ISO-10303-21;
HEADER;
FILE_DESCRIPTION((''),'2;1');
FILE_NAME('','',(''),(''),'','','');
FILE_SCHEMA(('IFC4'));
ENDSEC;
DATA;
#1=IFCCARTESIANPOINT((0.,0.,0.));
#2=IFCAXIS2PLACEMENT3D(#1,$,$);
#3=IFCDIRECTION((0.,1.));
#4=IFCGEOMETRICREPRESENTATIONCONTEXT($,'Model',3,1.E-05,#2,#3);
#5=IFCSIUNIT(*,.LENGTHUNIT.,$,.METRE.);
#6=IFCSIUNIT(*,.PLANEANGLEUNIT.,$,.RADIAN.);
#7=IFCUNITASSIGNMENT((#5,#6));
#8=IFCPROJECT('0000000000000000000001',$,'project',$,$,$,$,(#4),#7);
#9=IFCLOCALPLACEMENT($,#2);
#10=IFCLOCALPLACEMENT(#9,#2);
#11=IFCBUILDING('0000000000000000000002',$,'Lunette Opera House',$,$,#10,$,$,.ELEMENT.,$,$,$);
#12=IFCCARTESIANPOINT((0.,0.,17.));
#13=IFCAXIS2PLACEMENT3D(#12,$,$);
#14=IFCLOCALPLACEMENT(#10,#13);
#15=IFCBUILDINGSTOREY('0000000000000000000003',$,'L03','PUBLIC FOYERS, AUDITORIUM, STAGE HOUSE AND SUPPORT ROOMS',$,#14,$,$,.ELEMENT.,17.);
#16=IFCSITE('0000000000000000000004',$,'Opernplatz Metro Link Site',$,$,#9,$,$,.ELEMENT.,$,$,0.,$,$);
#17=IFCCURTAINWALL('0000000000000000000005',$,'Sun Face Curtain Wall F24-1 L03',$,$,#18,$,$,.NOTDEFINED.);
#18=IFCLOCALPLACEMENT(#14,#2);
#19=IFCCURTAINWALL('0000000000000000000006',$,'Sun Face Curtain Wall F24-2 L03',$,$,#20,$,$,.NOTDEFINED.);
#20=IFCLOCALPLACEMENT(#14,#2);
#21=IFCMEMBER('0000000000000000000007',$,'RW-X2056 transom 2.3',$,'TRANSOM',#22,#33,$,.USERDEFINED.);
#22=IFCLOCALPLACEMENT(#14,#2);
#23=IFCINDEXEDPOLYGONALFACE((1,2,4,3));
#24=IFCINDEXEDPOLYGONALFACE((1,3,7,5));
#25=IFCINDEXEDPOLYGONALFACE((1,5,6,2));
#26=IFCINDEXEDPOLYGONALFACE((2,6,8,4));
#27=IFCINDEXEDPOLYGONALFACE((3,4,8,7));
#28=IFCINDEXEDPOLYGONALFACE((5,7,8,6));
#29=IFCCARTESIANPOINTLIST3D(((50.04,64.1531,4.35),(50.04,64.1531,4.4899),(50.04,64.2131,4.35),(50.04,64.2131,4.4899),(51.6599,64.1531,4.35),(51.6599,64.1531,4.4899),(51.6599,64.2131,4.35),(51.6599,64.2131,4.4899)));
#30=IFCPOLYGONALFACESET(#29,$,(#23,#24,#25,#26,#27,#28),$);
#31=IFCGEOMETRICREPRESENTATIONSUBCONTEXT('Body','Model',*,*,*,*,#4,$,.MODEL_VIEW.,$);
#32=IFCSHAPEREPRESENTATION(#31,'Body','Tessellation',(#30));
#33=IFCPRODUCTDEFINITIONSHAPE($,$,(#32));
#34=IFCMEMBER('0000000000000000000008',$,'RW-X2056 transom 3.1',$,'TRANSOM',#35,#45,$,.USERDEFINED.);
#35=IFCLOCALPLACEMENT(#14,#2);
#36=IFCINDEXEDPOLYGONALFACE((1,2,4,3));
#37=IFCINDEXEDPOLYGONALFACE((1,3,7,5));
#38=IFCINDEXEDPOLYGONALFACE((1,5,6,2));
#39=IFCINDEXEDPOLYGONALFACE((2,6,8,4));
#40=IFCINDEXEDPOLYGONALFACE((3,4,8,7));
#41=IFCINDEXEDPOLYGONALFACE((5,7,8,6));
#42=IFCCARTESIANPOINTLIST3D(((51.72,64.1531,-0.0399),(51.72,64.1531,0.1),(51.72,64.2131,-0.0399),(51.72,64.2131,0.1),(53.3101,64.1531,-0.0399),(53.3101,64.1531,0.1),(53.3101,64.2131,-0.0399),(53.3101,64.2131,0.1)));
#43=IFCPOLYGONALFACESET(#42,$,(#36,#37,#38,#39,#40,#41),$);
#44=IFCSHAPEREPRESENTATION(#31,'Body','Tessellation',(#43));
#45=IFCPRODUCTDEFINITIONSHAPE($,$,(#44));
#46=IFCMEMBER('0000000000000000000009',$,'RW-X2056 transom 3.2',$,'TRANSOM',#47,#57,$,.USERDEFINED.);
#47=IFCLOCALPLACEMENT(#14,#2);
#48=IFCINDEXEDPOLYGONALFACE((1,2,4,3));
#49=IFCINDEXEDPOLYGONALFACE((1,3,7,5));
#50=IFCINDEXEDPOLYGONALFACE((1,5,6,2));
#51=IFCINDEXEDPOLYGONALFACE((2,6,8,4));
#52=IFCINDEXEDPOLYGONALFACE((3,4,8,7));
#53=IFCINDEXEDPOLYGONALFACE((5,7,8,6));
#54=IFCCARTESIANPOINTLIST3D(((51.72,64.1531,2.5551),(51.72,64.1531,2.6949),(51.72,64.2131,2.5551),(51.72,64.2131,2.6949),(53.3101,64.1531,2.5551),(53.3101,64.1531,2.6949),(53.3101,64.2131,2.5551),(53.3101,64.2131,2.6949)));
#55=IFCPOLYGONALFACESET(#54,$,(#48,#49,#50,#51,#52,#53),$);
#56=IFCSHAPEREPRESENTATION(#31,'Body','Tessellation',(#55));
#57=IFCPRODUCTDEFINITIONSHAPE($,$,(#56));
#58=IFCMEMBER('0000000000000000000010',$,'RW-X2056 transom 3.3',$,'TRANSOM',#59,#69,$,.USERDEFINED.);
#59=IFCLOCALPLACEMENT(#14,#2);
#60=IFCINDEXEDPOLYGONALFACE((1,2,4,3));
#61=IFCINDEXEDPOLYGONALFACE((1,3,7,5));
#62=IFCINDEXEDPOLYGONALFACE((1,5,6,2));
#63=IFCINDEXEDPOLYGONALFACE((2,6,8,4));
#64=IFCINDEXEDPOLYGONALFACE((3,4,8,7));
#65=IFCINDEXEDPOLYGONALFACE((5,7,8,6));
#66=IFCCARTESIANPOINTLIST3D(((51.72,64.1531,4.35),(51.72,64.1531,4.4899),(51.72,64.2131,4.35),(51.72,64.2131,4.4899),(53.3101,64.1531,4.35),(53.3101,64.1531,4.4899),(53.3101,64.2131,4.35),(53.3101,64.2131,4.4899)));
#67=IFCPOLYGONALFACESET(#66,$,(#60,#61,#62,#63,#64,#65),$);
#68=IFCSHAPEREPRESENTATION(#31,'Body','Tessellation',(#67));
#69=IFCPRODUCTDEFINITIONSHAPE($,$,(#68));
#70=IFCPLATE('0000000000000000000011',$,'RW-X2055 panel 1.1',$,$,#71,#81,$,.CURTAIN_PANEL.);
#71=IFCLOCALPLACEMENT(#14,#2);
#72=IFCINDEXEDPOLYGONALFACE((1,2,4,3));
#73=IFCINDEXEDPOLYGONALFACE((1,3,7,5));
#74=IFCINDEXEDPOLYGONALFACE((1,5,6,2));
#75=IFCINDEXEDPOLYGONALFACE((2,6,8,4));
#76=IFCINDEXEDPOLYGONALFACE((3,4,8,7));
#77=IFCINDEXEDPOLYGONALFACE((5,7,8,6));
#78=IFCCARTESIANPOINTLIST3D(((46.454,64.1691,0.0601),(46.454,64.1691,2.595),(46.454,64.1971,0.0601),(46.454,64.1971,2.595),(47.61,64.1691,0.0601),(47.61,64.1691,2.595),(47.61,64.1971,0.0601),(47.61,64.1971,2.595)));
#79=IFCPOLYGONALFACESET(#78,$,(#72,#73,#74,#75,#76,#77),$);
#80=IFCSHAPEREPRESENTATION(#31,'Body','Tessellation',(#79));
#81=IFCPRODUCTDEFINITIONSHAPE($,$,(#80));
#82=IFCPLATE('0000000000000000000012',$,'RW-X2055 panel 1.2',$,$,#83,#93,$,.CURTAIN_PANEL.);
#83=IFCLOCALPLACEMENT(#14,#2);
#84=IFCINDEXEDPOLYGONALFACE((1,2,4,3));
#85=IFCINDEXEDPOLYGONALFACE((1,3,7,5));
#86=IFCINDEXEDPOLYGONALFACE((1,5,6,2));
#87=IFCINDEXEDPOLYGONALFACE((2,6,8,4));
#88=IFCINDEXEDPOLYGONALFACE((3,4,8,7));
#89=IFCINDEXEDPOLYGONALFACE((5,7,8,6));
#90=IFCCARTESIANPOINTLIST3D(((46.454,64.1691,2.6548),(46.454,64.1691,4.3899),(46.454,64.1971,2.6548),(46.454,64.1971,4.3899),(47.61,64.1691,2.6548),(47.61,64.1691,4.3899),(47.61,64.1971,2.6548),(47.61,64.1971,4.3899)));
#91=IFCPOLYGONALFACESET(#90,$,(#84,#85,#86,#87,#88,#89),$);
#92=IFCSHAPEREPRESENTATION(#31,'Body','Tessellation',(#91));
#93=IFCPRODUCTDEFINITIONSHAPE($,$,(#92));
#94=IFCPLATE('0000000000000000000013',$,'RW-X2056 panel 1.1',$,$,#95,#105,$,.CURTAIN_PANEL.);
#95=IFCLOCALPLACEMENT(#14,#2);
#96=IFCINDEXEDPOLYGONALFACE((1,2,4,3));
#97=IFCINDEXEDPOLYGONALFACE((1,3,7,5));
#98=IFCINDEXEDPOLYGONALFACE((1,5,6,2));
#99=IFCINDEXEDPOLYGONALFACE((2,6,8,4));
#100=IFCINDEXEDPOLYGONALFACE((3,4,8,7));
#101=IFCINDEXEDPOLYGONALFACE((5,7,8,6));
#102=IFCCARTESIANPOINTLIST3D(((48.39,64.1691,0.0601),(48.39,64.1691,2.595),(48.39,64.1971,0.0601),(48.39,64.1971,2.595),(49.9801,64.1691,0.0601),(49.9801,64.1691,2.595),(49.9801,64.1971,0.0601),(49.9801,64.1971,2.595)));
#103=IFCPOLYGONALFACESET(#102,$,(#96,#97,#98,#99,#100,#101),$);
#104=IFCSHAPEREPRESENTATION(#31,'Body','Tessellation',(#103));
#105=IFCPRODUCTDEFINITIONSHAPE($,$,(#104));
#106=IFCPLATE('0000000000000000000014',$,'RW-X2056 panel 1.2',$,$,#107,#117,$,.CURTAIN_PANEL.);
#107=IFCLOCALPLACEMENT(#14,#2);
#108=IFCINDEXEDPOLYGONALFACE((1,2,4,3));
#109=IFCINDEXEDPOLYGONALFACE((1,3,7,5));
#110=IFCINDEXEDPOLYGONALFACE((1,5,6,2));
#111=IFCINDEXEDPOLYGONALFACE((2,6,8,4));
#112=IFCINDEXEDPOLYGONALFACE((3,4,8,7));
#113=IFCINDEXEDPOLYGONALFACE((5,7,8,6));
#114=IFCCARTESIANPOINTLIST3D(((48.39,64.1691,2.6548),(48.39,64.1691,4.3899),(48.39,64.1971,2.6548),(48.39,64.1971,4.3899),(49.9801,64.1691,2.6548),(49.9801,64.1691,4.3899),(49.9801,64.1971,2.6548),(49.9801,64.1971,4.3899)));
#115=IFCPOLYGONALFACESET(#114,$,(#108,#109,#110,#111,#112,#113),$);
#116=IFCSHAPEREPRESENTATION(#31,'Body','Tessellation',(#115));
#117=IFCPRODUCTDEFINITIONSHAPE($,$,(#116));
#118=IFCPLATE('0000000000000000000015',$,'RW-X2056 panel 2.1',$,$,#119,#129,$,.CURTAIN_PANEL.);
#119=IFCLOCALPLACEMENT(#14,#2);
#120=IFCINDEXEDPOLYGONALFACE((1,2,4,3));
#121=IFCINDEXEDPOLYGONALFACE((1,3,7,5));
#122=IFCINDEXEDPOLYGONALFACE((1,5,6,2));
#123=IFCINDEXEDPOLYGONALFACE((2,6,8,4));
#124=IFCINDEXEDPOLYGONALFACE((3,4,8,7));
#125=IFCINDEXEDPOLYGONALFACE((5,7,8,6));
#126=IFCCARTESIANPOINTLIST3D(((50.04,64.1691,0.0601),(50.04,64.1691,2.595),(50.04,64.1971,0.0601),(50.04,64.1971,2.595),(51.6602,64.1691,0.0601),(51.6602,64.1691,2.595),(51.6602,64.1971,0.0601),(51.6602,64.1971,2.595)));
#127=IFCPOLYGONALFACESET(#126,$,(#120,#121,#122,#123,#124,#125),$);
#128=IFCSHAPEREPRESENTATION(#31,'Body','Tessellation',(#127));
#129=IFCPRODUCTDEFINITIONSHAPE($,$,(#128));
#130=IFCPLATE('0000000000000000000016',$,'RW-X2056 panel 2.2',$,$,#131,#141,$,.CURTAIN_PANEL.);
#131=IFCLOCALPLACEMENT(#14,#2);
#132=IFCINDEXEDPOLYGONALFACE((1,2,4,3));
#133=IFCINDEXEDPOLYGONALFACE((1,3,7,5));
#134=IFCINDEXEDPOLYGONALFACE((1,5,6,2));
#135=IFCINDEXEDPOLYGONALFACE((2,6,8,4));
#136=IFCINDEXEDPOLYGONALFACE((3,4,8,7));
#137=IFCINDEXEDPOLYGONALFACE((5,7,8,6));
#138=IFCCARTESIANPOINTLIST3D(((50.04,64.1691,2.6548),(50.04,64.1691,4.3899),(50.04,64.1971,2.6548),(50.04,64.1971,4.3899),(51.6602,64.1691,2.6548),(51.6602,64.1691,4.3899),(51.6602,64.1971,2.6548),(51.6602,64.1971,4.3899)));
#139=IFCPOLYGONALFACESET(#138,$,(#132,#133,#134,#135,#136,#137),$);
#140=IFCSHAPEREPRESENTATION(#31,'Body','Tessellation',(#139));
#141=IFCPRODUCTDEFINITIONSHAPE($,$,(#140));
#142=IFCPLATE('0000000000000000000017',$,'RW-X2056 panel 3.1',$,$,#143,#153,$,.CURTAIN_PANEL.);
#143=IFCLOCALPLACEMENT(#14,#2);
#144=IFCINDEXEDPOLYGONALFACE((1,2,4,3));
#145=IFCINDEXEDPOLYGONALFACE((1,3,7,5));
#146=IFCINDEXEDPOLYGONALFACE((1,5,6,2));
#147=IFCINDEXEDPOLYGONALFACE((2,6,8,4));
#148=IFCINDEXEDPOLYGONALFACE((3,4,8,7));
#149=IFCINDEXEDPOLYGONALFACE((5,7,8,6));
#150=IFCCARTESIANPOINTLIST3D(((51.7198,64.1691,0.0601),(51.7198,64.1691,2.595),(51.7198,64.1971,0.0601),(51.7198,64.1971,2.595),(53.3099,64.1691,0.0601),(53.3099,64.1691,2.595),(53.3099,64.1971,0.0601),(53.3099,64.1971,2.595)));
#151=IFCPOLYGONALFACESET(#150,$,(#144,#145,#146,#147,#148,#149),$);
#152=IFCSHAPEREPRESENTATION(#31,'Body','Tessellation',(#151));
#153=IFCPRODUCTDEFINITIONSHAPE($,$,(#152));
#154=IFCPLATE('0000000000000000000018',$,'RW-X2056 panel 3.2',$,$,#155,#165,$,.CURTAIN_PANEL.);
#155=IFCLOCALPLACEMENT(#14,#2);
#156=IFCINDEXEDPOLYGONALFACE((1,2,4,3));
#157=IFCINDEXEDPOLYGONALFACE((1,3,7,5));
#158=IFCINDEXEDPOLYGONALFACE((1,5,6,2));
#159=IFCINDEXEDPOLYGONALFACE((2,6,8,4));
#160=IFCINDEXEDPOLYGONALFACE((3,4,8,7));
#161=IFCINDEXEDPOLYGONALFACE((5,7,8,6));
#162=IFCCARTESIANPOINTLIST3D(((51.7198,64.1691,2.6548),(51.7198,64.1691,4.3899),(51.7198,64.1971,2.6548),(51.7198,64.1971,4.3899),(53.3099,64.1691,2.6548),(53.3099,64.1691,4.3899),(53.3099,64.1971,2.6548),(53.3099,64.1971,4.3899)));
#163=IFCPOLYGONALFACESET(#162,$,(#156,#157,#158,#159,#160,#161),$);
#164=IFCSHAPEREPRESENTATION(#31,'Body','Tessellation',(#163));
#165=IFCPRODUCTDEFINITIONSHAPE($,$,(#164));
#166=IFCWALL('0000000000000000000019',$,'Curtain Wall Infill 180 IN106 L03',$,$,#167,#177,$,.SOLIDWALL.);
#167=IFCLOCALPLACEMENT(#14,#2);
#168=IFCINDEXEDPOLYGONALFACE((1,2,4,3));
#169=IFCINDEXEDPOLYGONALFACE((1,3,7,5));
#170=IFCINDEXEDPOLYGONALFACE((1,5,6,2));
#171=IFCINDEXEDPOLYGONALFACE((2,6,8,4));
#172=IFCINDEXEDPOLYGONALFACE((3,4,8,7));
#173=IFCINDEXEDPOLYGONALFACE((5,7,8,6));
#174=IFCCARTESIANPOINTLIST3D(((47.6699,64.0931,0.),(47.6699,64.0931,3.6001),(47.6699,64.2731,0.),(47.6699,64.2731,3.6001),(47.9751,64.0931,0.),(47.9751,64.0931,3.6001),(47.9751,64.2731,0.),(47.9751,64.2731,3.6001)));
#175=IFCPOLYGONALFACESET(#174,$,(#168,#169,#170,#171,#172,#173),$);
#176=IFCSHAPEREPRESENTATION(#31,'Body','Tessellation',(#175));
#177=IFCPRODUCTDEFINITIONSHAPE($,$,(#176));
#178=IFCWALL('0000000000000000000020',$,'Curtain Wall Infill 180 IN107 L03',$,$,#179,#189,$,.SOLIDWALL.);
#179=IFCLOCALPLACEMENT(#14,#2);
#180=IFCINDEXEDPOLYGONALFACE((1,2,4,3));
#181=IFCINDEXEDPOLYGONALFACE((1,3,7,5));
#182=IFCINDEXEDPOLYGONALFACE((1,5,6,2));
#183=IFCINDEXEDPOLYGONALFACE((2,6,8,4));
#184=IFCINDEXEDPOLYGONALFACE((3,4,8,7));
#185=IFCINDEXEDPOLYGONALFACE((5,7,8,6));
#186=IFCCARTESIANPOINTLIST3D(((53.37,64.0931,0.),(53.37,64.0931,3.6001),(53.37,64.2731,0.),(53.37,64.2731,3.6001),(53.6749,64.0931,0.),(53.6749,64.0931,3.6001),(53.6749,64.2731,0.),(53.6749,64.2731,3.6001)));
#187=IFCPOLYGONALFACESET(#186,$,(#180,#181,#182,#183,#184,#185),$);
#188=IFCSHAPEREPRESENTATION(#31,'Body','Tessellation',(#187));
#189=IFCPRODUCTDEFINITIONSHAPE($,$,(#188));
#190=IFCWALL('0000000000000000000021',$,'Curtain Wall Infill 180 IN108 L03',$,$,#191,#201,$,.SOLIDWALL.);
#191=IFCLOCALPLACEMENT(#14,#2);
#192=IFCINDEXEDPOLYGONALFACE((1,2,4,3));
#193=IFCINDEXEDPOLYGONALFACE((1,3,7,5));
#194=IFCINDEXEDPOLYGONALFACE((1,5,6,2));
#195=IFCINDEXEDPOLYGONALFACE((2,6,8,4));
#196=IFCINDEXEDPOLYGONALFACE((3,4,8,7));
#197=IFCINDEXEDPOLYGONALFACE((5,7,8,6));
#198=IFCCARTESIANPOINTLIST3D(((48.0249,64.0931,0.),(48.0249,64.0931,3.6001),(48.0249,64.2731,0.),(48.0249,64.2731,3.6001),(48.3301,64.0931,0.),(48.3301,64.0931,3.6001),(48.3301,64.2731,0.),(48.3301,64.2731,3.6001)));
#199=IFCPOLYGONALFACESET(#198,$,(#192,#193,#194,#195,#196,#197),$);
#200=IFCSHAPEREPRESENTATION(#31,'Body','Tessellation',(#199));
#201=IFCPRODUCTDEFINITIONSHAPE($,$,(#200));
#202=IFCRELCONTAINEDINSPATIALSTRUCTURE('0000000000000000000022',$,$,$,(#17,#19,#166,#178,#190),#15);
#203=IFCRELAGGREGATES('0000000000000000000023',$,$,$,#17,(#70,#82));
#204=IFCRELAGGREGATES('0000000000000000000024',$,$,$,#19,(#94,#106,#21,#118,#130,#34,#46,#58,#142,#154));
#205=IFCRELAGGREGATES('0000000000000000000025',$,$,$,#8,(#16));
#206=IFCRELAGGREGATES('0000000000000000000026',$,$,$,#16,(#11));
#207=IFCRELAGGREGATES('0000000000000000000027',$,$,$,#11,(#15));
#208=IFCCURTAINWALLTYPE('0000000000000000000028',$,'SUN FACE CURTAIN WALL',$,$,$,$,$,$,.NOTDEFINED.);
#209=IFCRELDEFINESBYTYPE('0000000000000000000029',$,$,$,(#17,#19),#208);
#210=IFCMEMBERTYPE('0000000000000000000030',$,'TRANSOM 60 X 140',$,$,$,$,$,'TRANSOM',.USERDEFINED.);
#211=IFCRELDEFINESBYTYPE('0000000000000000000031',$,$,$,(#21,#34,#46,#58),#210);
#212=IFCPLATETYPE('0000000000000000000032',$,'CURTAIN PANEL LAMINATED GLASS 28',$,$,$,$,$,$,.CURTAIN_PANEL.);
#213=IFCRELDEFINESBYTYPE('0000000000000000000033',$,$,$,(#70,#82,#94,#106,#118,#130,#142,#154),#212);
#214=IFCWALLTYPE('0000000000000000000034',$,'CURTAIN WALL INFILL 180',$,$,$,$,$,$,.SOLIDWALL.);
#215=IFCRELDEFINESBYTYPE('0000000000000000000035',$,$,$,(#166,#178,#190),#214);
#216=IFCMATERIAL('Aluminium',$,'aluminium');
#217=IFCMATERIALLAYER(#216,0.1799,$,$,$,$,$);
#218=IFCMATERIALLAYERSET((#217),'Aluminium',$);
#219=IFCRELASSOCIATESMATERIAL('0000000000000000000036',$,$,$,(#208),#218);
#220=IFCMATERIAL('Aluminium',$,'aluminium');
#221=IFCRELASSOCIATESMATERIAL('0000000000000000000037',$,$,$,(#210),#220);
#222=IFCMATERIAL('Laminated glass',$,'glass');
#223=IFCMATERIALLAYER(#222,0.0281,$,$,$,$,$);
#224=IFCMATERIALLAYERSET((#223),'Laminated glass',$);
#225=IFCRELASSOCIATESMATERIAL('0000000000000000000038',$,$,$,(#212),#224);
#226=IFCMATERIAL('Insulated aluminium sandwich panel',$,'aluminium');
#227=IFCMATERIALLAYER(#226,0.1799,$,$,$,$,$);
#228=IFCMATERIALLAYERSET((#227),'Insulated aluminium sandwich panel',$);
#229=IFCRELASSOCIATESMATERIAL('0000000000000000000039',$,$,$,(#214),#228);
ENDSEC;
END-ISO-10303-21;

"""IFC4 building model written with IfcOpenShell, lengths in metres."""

from ifc_helpers import new_model, si_unit, direction, frame, frame_2d, origin, origin_2d, place, context, subcontext, project, spatial, rectangle, extrude, material, layer, layer_set, material_profile, profile_set, type_object, element, aggregate, save


model = new_model("IFC4")

# Units and contexts
model_context = context("Model", 3, precision=1e-05, world=origin(), true_north=direction((0.0, 1.0)))
body_context = subcontext(model_context, "Body", "Model", "MODEL_VIEW")
ifc_project = project(units=[si_unit("LENGTHUNIT", "METRE"), si_unit("PLANEANGLEUNIT", "RADIAN")], contexts=[model_context])

# Site, building, storey
site_placement = place(None, origin())
site = spatial("IfcSite", under=ifc_project, at=site_placement, Name="Opernplatz Metro Link Site", CompositionType="ELEMENT", RefElevation=0.0)
building_placement = place(site_placement, origin())
building = spatial("IfcBuilding", under=site, at=building_placement, Name="Lunette Opera House", CompositionType="ELEMENT")
storey_placement = place(building_placement, frame((0.0, 0.0, 17.0)))
storey = spatial("IfcBuildingStorey", under=building, at=storey_placement, Name="L03", Description="PUBLIC FOYERS, AUDITORIUM, STAGE HOUSE AND SUPPORT ROOMS", CompositionType="ELEMENT", Elevation=17.0)

# Curtain wall
ifc_material_1 = material(Name="Aluminium", Category="aluminium")
ifc_layer_1 = layer(ifc_material_1, 0.1799)
ifc_layer_set_1 = layer_set([ifc_layer_1], Name="Aluminium")
curtain_wall_type = type_object("IfcCurtainWallType", Name="SUN FACE CURTAIN WALL", PredefinedType="NOTDEFINED", material=ifc_layer_set_1)
curtain_wall_1_placement = place(storey_placement, origin())
curtain_wall_1 = element("IfcCurtainWall", 1, at=curtain_wall_1_placement, inside=storey, type_object=curtain_wall_type, Name="Sun Face Curtain Wall F24-1 L03", PredefinedType="NOTDEFINED")

# Curtain wall
curtain_wall_2_placement = place(storey_placement, origin())
curtain_wall_2 = element("IfcCurtainWall", 2, at=curtain_wall_2_placement, inside=storey, type_object=curtain_wall_type, Name="Sun Face Curtain Wall F24-2 L03", PredefinedType="NOTDEFINED")

# Members
ifc_material_2 = material(Name="Aluminium", Category="aluminium")
ifc_material_profile_1 = material_profile(ifc_material_2, rectangle(XDim=0.0601, YDim=0.1399, at=origin_2d()), Name="TRANSOM 60 X 140")
ifc_profile_set_1 = profile_set([ifc_material_profile_1], Name="Aluminium")
member_type_1 = type_object("IfcMemberType", Name="TRANSOM 60 X 140", ElementType="TRANSOM", PredefinedType="USERDEFINED", material=ifc_profile_set_1)
member_1_placement = place(storey_placement, frame((50.04, 64.1831, 4.4199), z_axis=(1.0, 0.0, 0.0), x_axis=(0.0, 1.0, 0.0)))
member_1 = element("IfcMember", 3, at=member_1_placement, type_object=member_type_1, Name="RW-X2056 transom 2.3", ObjectType="TRANSOM", PredefinedType="USERDEFINED", context=body_context, shape_type="SweptSolid", body=[
    extrude(rectangle(XDim=0.0601, YDim=0.1399, at=origin_2d()), origin(), (0.0, 0.0, 1.0), 1.6199),
])
member_2_placement = place(storey_placement, frame((51.72, 64.1831, 0.03), z_axis=(1.0, 0.0, 0.0), x_axis=(0.0, 1.0, 0.0)))
member_2 = element("IfcMember", 4, at=member_2_placement, type_object=member_type_1, Name="RW-X2056 transom 3.1", ObjectType="TRANSOM", PredefinedType="USERDEFINED", context=body_context, shape_type="SweptSolid", body=[
    extrude(rectangle(XDim=0.0601, YDim=0.1399, at=origin_2d()), origin(), (0.0, 0.0, 1.0), 1.5901),
])
member_3_placement = place(storey_placement, frame((51.72, 64.1831, 2.625), z_axis=(1.0, 0.0, 0.0), x_axis=(0.0, 1.0, 0.0)))
member_3 = element("IfcMember", 5, at=member_3_placement, type_object=member_type_1, Name="RW-X2056 transom 3.2", ObjectType="TRANSOM", PredefinedType="USERDEFINED", context=body_context, shape_type="SweptSolid", body=[
    extrude(rectangle(XDim=0.0601, YDim=0.1399, at=origin_2d()), origin(), (0.0, 0.0, 1.0), 1.5901),
])
member_4_placement = place(storey_placement, frame((51.72, 64.1831, 4.4199), z_axis=(1.0, 0.0, 0.0), x_axis=(0.0, 1.0, 0.0)))
member_4 = element("IfcMember", 6, at=member_4_placement, type_object=member_type_1, Name="RW-X2056 transom 3.3", ObjectType="TRANSOM", PredefinedType="USERDEFINED", context=body_context, shape_type="SweptSolid", body=[
    extrude(rectangle(XDim=0.0601, YDim=0.1399, at=origin_2d()), origin(), (0.0, 0.0, 1.0), 1.5901),
])

# Plates
ifc_material_3 = material(Name="Laminated glass", Category="glass")
ifc_layer_2 = layer(ifc_material_3, 0.0281)
ifc_layer_set_2 = layer_set([ifc_layer_2], Name="Laminated glass")
plate_type = type_object("IfcPlateType", Name="CURTAIN PANEL LAMINATED GLASS 28", PredefinedType="CURTAIN_PANEL", material=ifc_layer_set_2)
plate_1_placement = place(storey_placement, frame((47.032, 64.1831, 0.0601), z_axis=(0.0, 0.0, 1.0), x_axis=(1.0, 0.0, 0.0)))
plate_1 = element("IfcPlate", 7, at=plate_1_placement, type_object=plate_type, Name="RW-X2055 panel 1.1", PredefinedType="CURTAIN_PANEL", context=body_context, shape_type="SweptSolid", body=[
    extrude(rectangle(XDim=1.156, YDim=0.0281, at=origin_2d()), origin(), (0.0, 0.0, 1.0), 2.5349),
])
plate_2_placement = place(storey_placement, frame((47.032, 64.1831, 2.6548), z_axis=(0.0, 0.0, 1.0), x_axis=(1.0, 0.0, 0.0)))
plate_2 = element("IfcPlate", 8, at=plate_2_placement, type_object=plate_type, Name="RW-X2055 panel 1.2", PredefinedType="CURTAIN_PANEL", context=body_context, shape_type="SweptSolid", body=[
    extrude(rectangle(XDim=1.156, YDim=0.0281, at=origin_2d()), origin(), (0.0, 0.0, 1.0), 1.7351),
])
aggregate(curtain_wall_1, [plate_1, plate_2])
plate_3_placement = place(storey_placement, frame((49.1851, 64.1831, 0.0601), z_axis=(0.0, 0.0, 1.0), x_axis=(1.0, 0.0, 0.0)))
plate_3 = element("IfcPlate", 9, at=plate_3_placement, type_object=plate_type, Name="RW-X2056 panel 1.1", PredefinedType="CURTAIN_PANEL", context=body_context, shape_type="SweptSolid", body=[
    extrude(rectangle(XDim=1.5901, YDim=0.0281, at=origin_2d()), origin(), (0.0, 0.0, 1.0), 2.5349),
])
plate_4_placement = place(storey_placement, frame((49.1851, 64.1831, 2.6548), z_axis=(0.0, 0.0, 1.0), x_axis=(1.0, 0.0, 0.0)))
plate_4 = element("IfcPlate", 10, at=plate_4_placement, type_object=plate_type, Name="RW-X2056 panel 1.2", PredefinedType="CURTAIN_PANEL", context=body_context, shape_type="SweptSolid", body=[
    extrude(rectangle(XDim=1.5901, YDim=0.0281, at=origin_2d()), origin(), (0.0, 0.0, 1.0), 1.7351),
])
plate_5_placement = place(storey_placement, frame((50.8501, 64.1831, 0.0601), z_axis=(0.0, 0.0, 1.0), x_axis=(1.0, 0.0, 0.0)))
plate_5 = element("IfcPlate", 11, at=plate_5_placement, type_object=plate_type, Name="RW-X2056 panel 2.1", PredefinedType="CURTAIN_PANEL", context=body_context, shape_type="SweptSolid", body=[
    extrude(rectangle(XDim=1.6201, YDim=0.0281, at=origin_2d()), origin(), (0.0, 0.0, 1.0), 2.5349),
])
plate_6_placement = place(storey_placement, frame((50.8501, 64.1831, 2.6548), z_axis=(0.0, 0.0, 1.0), x_axis=(1.0, 0.0, 0.0)))
plate_6 = element("IfcPlate", 12, at=plate_6_placement, type_object=plate_type, Name="RW-X2056 panel 2.2", PredefinedType="CURTAIN_PANEL", context=body_context, shape_type="SweptSolid", body=[
    extrude(rectangle(XDim=1.6201, YDim=0.0281, at=origin_2d()), origin(), (0.0, 0.0, 1.0), 1.7351),
])
plate_7_placement = place(storey_placement, frame((52.5149, 64.1831, 0.0601), z_axis=(0.0, 0.0, 1.0), x_axis=(1.0, 0.0, 0.0)))
plate_7 = element("IfcPlate", 13, at=plate_7_placement, type_object=plate_type, Name="RW-X2056 panel 3.1", PredefinedType="CURTAIN_PANEL", context=body_context, shape_type="SweptSolid", body=[
    extrude(rectangle(XDim=1.5901, YDim=0.0281, at=origin_2d()), origin(), (0.0, 0.0, 1.0), 2.5349),
])
plate_8_placement = place(storey_placement, frame((52.5149, 64.1831, 2.6548), z_axis=(0.0, 0.0, 1.0), x_axis=(1.0, 0.0, 0.0)))
plate_8 = element("IfcPlate", 14, at=plate_8_placement, type_object=plate_type, Name="RW-X2056 panel 3.2", PredefinedType="CURTAIN_PANEL", context=body_context, shape_type="SweptSolid", body=[
    extrude(rectangle(XDim=1.5901, YDim=0.0281, at=origin_2d()), origin(), (0.0, 0.0, 1.0), 1.7351),
])
aggregate(curtain_wall_2, [plate_3, plate_4, member_1, plate_5, plate_6, member_2, member_3, member_4, plate_7, plate_8])

# Walls
ifc_material_4 = material(Name="Insulated aluminium sandwich panel", Category="aluminium")
ifc_layer_3 = layer(ifc_material_4, 0.1799)
ifc_layer_set_3 = layer_set([ifc_layer_3], Name="Insulated aluminium sandwich panel")
wall_type = type_object("IfcWallType", Name="CURTAIN WALL INFILL 180", PredefinedType="SOLIDWALL", material=ifc_layer_set_3)
wall_1_placement = place(storey_placement, frame((47.6699, 64.1831, 0.0), z_axis=(0.0, 0.0, 1.0), x_axis=(1.0, 0.0, 0.0)))
element("IfcWall", 15, at=wall_1_placement, inside=storey, type_object=wall_type, Name="Curtain Wall Infill 180 IN106 L03", PredefinedType="SOLIDWALL", context=body_context, shape_type="SweptSolid", body=[
    extrude(rectangle(XDim=0.3052, YDim=0.1799, at=frame_2d((0.1526, 0.0))), origin(), (0.0, 0.0, 1.0), 3.6001),
])
wall_2_placement = place(storey_placement, frame((53.3701, 64.1831, 0.0), z_axis=(0.0, 0.0, 1.0), x_axis=(1.0, 0.0, 0.0)))
element("IfcWall", 16, at=wall_2_placement, inside=storey, type_object=wall_type, Name="Curtain Wall Infill 180 IN107 L03", PredefinedType="SOLIDWALL", context=body_context, shape_type="SweptSolid", body=[
    extrude(rectangle(XDim=0.3049, YDim=0.1799, at=frame_2d((0.1523, 0.0))), origin(), (0.0, 0.0, 1.0), 3.6001),
])
wall_3_placement = place(storey_placement, frame((48.3301, 64.1831, 0.0), z_axis=(0.0, 0.0, 1.0), x_axis=(-1.0, 0.0, 0.0)))
element("IfcWall", 17, at=wall_3_placement, inside=storey, type_object=wall_type, Name="Curtain Wall Infill 180 IN108 L03", PredefinedType="SOLIDWALL", context=body_context, shape_type="SweptSolid", body=[
    extrude(rectangle(XDim=0.3052, YDim=0.1799, at=frame_2d((0.1526, 0.0))), origin(), (0.0, 0.0, 1.0), 3.6001),
])

save(model, "model.ifc")
